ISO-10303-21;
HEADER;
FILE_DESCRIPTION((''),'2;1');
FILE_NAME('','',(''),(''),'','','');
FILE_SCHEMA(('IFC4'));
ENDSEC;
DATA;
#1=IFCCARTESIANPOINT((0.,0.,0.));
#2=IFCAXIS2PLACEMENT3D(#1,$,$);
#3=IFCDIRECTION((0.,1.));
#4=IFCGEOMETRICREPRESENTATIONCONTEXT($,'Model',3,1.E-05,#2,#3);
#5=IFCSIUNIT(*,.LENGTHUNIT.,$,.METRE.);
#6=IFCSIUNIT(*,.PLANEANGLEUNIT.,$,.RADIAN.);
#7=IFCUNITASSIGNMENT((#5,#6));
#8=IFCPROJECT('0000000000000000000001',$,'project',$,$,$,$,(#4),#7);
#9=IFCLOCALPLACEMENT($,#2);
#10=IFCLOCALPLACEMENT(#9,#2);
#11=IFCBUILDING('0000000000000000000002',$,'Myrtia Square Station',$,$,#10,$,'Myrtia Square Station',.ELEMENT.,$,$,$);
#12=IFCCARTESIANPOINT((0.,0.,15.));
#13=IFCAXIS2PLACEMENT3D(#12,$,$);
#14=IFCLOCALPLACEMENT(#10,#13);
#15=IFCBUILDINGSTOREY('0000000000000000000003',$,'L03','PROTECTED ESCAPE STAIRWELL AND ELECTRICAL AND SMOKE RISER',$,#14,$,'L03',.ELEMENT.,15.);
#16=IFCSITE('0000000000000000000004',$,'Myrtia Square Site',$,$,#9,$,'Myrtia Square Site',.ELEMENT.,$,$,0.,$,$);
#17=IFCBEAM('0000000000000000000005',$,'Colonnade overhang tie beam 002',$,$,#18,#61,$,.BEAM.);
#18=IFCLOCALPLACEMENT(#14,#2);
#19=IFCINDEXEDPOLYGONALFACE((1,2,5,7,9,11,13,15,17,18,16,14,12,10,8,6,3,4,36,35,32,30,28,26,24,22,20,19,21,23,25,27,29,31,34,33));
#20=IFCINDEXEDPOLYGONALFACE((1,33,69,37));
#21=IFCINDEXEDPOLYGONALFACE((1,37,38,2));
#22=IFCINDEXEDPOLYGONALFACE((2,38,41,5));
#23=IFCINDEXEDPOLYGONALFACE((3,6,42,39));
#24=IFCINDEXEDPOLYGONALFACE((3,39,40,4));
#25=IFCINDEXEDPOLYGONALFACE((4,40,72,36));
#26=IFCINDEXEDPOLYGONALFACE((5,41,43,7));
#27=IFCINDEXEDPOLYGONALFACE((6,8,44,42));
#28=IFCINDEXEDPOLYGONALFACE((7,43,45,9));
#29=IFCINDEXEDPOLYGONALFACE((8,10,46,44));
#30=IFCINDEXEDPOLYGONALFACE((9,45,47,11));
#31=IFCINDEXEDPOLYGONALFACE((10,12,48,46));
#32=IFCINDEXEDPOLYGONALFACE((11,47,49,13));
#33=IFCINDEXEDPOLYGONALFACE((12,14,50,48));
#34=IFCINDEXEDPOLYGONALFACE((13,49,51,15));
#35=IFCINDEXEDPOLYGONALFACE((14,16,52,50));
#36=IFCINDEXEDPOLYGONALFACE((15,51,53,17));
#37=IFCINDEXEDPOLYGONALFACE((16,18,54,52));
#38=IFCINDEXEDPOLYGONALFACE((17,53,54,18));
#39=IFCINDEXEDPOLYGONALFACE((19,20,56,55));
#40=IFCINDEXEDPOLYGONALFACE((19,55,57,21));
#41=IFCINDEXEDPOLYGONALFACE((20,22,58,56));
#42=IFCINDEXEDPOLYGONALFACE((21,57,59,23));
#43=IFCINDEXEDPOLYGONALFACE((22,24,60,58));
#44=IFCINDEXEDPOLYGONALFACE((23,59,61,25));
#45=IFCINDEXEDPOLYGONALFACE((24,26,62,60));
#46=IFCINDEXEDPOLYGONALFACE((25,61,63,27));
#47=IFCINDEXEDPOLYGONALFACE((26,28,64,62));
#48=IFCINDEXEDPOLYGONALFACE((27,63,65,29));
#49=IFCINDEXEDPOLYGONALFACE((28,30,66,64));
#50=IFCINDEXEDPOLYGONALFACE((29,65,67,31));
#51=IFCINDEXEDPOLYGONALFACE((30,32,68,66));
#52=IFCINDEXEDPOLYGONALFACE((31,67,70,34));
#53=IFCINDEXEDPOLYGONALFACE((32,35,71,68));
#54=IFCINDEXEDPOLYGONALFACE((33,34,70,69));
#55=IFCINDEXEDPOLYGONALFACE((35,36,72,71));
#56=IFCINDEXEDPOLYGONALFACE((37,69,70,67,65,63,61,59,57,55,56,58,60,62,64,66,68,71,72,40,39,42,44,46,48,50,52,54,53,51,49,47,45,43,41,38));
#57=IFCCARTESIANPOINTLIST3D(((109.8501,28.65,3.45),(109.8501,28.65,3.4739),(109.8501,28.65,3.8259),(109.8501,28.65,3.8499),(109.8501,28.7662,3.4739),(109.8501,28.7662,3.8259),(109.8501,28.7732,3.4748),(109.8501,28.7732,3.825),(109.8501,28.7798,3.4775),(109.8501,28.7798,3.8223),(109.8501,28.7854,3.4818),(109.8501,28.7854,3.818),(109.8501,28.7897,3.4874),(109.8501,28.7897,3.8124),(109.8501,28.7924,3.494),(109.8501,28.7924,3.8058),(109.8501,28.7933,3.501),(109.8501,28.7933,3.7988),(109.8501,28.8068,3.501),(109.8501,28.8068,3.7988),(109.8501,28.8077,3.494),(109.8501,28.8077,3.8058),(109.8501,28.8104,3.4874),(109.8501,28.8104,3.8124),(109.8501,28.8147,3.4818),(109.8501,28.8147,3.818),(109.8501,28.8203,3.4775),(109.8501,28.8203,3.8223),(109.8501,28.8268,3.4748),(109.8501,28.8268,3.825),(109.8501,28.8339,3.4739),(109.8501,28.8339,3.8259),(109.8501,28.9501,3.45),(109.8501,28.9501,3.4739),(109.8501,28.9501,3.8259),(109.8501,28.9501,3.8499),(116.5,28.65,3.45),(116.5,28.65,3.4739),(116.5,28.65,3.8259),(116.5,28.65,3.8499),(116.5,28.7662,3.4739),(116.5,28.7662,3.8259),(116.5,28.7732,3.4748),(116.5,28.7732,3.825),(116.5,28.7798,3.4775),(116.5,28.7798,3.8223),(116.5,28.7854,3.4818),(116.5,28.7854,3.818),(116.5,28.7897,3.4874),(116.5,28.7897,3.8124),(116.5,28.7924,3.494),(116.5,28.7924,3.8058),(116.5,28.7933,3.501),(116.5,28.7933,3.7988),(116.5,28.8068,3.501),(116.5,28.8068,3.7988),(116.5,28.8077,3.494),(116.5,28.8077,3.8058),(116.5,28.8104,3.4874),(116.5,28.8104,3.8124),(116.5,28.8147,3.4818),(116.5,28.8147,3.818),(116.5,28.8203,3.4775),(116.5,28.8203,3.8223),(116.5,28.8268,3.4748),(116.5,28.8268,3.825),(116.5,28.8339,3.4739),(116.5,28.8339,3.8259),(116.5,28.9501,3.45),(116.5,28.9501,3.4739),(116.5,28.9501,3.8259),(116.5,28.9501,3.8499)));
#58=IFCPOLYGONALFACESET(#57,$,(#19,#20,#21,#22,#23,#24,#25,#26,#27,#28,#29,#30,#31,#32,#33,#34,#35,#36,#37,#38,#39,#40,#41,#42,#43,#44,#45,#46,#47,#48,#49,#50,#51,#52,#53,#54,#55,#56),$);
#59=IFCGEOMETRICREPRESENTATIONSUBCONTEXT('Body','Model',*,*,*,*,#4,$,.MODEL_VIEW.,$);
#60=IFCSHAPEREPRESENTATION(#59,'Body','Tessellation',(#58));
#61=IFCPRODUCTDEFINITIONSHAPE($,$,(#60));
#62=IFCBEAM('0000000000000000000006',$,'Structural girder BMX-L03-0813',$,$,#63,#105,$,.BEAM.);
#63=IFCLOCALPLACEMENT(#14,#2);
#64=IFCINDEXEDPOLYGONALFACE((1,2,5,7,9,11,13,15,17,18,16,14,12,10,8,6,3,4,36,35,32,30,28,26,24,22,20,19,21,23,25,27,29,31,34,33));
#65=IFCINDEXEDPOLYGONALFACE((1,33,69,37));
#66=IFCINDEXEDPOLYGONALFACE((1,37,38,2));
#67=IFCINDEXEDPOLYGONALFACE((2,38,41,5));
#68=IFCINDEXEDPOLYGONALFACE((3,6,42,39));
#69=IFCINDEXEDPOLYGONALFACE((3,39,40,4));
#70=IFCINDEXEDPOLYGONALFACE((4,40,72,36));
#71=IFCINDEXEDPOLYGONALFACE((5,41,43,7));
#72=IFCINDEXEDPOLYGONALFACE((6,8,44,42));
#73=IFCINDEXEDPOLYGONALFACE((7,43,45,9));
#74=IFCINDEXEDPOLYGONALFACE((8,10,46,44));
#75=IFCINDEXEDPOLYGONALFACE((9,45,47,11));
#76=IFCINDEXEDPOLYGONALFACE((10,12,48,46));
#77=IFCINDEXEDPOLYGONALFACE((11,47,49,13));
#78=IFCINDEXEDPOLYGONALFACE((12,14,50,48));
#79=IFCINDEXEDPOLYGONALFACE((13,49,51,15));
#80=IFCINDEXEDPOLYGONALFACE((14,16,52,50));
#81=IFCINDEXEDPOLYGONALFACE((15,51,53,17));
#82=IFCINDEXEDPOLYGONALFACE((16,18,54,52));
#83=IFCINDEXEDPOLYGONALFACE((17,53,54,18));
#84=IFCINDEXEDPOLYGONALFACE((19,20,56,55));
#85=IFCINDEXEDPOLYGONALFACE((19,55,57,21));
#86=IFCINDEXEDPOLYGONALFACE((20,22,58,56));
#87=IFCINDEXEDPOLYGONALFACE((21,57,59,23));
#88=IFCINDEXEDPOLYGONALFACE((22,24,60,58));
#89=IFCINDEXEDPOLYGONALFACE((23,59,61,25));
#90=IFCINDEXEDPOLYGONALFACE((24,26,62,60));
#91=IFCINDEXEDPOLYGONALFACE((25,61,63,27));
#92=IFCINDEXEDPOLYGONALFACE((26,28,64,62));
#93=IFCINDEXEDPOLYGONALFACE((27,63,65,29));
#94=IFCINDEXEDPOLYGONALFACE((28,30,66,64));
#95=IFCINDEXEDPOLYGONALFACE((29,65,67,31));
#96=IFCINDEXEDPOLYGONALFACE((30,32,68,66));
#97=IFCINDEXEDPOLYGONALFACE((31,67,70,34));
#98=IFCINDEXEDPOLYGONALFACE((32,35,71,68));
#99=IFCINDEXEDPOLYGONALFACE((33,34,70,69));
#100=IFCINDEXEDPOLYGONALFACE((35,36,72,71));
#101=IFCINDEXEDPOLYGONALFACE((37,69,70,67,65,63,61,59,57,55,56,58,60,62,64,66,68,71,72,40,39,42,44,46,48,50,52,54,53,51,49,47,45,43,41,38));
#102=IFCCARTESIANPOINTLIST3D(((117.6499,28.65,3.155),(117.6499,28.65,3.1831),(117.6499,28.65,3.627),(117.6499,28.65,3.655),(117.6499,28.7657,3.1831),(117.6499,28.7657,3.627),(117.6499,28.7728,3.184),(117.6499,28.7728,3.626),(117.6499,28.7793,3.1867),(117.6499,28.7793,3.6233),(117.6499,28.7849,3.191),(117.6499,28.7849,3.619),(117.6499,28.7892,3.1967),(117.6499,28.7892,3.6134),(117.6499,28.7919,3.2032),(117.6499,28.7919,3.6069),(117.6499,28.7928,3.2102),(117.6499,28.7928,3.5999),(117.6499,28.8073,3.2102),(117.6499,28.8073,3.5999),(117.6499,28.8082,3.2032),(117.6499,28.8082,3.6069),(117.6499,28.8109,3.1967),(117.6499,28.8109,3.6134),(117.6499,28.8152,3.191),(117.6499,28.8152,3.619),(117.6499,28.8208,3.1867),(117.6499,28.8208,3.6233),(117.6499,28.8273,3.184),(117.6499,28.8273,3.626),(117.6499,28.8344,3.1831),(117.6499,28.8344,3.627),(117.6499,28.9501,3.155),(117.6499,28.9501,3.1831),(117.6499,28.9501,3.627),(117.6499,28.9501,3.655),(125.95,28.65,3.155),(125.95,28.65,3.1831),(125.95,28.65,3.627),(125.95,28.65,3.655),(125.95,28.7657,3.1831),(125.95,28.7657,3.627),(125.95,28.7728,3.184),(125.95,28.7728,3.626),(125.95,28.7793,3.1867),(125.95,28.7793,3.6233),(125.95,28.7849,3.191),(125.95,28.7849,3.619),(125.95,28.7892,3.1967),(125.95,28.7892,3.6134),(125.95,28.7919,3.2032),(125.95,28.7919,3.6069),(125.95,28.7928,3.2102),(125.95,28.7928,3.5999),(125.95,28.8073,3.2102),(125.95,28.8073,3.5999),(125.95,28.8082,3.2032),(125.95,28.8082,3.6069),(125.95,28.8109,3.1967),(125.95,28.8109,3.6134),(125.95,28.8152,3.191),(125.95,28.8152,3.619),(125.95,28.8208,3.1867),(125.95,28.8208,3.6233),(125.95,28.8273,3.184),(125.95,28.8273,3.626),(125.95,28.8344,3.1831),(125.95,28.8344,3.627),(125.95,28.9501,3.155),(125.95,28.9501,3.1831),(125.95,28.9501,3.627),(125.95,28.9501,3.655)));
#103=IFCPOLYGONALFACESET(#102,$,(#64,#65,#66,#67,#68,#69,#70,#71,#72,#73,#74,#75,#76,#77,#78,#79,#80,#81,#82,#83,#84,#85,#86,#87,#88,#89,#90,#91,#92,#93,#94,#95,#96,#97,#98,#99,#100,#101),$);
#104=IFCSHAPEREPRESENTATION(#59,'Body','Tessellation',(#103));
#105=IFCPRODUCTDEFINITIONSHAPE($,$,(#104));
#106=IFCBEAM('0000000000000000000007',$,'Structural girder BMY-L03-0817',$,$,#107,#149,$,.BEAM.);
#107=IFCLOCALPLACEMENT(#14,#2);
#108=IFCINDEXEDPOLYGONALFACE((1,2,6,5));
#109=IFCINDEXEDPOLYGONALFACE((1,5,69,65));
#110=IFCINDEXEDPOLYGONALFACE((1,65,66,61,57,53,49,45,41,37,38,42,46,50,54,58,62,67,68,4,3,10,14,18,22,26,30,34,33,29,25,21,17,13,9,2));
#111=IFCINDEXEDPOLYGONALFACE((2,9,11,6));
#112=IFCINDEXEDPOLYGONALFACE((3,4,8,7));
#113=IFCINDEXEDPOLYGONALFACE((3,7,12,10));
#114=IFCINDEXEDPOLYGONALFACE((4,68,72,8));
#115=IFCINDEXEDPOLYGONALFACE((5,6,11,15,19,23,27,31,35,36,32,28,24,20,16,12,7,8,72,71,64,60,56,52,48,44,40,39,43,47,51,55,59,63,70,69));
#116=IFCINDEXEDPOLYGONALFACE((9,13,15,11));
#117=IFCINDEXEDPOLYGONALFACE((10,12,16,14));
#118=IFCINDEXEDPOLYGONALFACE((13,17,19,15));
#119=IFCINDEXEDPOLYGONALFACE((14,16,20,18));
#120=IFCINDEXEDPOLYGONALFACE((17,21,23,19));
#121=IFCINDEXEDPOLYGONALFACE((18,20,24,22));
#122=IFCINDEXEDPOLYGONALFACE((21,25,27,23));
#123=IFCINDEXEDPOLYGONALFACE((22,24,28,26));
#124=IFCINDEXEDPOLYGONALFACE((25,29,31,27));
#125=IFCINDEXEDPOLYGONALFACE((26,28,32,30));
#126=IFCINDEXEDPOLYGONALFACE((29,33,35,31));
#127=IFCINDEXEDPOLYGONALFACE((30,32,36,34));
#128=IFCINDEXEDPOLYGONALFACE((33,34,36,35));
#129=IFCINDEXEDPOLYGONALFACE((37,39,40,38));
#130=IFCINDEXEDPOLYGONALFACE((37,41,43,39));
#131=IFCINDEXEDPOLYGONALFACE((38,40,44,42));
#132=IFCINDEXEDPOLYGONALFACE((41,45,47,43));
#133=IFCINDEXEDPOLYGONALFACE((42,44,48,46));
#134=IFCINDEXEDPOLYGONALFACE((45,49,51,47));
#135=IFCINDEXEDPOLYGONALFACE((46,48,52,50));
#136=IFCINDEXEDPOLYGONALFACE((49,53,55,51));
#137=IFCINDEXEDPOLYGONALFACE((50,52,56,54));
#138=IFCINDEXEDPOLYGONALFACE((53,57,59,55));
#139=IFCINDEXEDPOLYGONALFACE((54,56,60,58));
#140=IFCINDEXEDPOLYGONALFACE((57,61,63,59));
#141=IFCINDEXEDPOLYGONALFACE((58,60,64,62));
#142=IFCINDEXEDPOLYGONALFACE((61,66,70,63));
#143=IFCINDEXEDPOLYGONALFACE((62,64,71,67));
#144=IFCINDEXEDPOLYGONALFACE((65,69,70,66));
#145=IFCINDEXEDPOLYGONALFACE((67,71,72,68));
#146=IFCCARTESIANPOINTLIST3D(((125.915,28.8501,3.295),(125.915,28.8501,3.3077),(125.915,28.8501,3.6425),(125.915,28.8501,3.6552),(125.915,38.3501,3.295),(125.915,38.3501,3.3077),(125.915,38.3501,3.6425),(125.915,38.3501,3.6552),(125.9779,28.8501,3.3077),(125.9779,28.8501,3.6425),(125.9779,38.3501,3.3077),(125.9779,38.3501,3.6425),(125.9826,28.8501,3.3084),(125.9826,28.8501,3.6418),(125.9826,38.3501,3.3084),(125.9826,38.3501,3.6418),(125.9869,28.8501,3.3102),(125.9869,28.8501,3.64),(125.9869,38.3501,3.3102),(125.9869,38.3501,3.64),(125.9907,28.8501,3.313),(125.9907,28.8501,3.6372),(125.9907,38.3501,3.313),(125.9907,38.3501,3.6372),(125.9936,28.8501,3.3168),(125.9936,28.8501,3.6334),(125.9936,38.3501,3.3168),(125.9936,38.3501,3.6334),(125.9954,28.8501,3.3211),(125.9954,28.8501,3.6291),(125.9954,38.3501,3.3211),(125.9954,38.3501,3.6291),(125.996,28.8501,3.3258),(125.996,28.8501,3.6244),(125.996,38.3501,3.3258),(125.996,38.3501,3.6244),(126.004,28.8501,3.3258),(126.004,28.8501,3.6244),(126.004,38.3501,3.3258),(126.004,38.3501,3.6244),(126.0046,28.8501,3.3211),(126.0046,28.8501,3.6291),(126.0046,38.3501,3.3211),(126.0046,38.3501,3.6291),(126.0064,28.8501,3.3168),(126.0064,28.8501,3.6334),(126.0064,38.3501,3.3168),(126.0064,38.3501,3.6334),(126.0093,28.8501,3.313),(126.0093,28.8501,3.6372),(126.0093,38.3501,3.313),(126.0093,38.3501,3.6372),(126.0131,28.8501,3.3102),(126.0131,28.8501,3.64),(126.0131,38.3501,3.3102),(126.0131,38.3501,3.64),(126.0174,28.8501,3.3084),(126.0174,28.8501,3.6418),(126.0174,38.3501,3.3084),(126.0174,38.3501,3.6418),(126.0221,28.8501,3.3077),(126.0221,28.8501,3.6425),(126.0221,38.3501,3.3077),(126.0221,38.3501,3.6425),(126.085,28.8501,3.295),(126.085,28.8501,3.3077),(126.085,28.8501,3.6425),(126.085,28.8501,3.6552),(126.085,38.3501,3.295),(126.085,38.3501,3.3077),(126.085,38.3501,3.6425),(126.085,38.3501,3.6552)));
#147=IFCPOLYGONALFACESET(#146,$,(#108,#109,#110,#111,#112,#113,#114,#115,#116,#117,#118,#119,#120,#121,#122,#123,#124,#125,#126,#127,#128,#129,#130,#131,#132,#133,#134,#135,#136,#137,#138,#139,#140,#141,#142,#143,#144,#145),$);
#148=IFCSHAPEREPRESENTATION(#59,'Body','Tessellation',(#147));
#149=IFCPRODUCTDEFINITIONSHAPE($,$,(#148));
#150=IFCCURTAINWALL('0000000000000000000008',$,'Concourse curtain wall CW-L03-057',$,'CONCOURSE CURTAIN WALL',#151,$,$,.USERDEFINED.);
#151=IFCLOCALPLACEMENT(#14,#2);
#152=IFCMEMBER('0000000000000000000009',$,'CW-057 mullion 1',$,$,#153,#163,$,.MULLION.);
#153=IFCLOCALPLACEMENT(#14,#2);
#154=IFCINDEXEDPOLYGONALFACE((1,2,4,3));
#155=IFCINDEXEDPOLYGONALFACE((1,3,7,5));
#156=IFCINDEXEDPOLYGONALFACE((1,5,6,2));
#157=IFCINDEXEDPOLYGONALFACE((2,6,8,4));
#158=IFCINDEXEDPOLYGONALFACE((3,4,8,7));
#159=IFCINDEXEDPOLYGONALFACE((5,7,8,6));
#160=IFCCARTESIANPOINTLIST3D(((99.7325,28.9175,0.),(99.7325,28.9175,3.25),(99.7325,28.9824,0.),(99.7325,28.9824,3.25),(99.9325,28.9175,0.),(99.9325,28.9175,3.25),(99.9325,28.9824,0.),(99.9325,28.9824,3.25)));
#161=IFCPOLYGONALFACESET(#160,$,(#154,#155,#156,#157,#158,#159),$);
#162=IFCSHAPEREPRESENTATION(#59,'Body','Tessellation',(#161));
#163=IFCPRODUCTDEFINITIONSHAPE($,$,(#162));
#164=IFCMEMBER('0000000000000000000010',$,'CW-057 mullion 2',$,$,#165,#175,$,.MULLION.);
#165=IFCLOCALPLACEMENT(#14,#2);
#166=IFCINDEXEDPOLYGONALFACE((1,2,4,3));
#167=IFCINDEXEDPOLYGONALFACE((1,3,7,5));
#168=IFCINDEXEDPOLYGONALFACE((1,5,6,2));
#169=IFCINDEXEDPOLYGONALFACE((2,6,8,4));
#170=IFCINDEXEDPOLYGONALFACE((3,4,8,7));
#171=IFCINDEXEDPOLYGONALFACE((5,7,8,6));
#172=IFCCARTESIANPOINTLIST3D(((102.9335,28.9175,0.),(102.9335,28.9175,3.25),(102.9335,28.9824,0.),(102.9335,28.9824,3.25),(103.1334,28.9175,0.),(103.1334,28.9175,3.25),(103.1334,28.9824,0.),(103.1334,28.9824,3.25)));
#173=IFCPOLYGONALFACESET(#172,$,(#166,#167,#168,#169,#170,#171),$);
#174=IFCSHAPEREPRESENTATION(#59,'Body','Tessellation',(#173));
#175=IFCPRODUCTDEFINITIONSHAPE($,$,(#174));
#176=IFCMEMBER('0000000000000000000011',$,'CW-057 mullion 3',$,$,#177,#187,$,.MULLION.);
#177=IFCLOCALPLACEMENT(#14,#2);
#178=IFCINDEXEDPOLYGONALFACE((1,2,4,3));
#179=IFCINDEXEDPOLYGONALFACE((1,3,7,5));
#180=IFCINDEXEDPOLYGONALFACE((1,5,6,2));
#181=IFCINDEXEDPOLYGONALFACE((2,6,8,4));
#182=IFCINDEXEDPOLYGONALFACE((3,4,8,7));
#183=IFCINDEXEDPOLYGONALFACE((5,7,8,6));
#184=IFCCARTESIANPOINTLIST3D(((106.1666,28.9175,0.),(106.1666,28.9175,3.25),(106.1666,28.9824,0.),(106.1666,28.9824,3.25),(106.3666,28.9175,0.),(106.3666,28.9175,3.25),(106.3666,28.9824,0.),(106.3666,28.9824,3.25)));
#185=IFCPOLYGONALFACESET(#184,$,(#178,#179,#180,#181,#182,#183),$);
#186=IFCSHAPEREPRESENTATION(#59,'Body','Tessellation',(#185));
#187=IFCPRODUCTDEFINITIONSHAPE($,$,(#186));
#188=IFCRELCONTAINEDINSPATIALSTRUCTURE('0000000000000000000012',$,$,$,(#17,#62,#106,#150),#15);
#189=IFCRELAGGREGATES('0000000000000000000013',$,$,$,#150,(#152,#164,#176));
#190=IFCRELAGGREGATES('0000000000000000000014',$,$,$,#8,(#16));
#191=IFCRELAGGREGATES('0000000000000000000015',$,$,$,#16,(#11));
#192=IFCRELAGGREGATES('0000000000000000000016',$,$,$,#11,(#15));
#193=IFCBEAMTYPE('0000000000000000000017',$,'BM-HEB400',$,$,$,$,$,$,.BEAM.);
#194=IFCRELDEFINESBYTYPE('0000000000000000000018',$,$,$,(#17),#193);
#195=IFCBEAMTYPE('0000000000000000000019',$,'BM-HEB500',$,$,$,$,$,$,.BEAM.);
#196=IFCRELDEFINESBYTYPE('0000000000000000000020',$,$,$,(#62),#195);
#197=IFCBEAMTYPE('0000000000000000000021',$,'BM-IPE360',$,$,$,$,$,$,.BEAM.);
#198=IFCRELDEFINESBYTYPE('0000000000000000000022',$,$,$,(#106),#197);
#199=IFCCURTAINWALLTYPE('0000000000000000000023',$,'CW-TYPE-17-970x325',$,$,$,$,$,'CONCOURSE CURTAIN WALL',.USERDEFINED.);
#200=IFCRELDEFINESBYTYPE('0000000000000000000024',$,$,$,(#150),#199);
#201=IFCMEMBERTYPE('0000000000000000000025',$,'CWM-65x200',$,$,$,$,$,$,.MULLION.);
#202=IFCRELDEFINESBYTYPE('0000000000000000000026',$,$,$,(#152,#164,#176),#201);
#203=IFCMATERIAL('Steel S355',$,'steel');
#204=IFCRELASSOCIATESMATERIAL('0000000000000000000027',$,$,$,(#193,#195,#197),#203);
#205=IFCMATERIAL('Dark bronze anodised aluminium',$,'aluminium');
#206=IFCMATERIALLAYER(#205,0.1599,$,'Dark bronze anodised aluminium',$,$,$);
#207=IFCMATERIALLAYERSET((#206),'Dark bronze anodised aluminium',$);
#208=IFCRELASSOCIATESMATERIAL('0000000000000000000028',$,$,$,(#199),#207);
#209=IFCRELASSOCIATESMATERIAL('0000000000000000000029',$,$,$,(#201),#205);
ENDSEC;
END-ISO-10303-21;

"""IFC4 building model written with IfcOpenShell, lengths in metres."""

from ifc_helpers import new_model, si_unit, direction, frame, origin, origin_2d, place, context, subcontext, project, spatial, rectangle, i_section, extrude, material, layer, layer_set, material_profile, profile_set, type_object, element, aggregate, save


model = new_model("IFC4")

# Units and contexts
model_context = context("Model", 3, precision=1e-05, world=origin(), true_north=direction((0.0, 1.0)))
body_context = subcontext(model_context, "Body", "Model", "MODEL_VIEW")
ifc_project = project(units=[si_unit("LENGTHUNIT", "METRE"), si_unit("PLANEANGLEUNIT", "RADIAN")], contexts=[model_context])

# Site, building, storey
site_placement = place(None, origin())
site = spatial("IfcSite", under=ifc_project, at=site_placement, Name="Myrtia Square Site", LongName="Myrtia Square Site", CompositionType="ELEMENT", RefElevation=0.0)
building_placement = place(site_placement, origin())
building = spatial("IfcBuilding", under=site, at=building_placement, Name="Myrtia Square Station", LongName="Myrtia Square Station", CompositionType="ELEMENT")
storey_placement = place(building_placement, frame((0.0, 0.0, 15.0)))
storey = spatial("IfcBuildingStorey", under=building, at=storey_placement, Name="L03", Description="PROTECTED ESCAPE STAIRWELL AND ELECTRICAL AND SMOKE RISER", LongName="L03", CompositionType="ELEMENT", Elevation=15.0)

# Shared definitions
ifc_material_1 = material(Name="Steel S355", Category="steel")

# Beams
ifc_material_profile_1 = material_profile(ifc_material_1, i_section(OverallWidth=0.3, OverallDepth=0.3999, WebThickness=0.0134, FlangeThickness=0.0239, FilletRadius=0.0271, at=origin_2d()), Name="HEB 400")
ifc_profile_set_1 = profile_set([ifc_material_profile_1], Name="Steel S355")
beam_type_1 = type_object("IfcBeamType", Name="BM-HEB400", PredefinedType="BEAM", material=ifc_profile_set_1)
beam_1_placement = place(storey_placement, frame((109.8501, 28.8, 3.6499), z_axis=(1.0, 0.0, 0.0), x_axis=(0.0, 1.0, 0.0)))
element("IfcBeam", 1, at=beam_1_placement, inside=storey, type_object=beam_type_1, Name="Colonnade overhang tie beam 002", PredefinedType="BEAM", context=body_context, shape_type="SweptSolid", body=[
    extrude(i_section(OverallWidth=0.3, OverallDepth=0.3999, WebThickness=0.0134, FlangeThickness=0.0239, FilletRadius=0.0271, at=origin_2d()), origin(), (0.0, 0.0, 1.0), 6.6499),
])
ifc_material_profile_2 = material_profile(ifc_material_1, i_section(OverallWidth=0.3, OverallDepth=0.5, WebThickness=0.0144, FlangeThickness=0.0281, FilletRadius=0.0271, at=origin_2d()), Name="HEB 500")
ifc_profile_set_2 = profile_set([ifc_material_profile_2], Name="Steel S355")
beam_type_2 = type_object("IfcBeamType", Name="BM-HEB500", PredefinedType="BEAM", material=ifc_profile_set_2)
beam_2_placement = place(storey_placement, frame((117.6499, 28.8, 3.405), z_axis=(1.0, 0.0, 0.0), x_axis=(0.0, 1.0, 0.0)))
element("IfcBeam", 2, at=beam_2_placement, inside=storey, type_object=beam_type_2, Name="Structural girder BMX-L03-0813", PredefinedType="BEAM", context=body_context, shape_type="SweptSolid", body=[
    extrude(i_section(OverallWidth=0.3, OverallDepth=0.5, WebThickness=0.0144, FlangeThickness=0.0281, FilletRadius=0.0271, at=origin_2d()), origin(), (0.0, 0.0, 1.0), 8.3),
])
ifc_material_profile_3 = material_profile(ifc_material_1, i_section(OverallWidth=0.1699, OverallDepth=0.3601, WebThickness=0.0081, FlangeThickness=0.0127, FilletRadius=0.0181, at=origin_2d()), Name="IPE 360")
ifc_profile_set_3 = profile_set([ifc_material_profile_3], Name="Steel S355")
beam_type_3 = type_object("IfcBeamType", Name="BM-IPE360", PredefinedType="BEAM", material=ifc_profile_set_3)
beam_3_placement = place(storey_placement, frame((126.0, 28.8501, 3.4751), z_axis=(0.0, 1.0, 0.0), x_axis=(-1.0, 0.0, 0.0)))
element("IfcBeam", 3, at=beam_3_placement, inside=storey, type_object=beam_type_3, Name="Structural girder BMY-L03-0817", PredefinedType="BEAM", context=body_context, shape_type="SweptSolid", body=[
    extrude(i_section(OverallWidth=0.1699, OverallDepth=0.3601, WebThickness=0.0081, FlangeThickness=0.0127, FilletRadius=0.0181, at=origin_2d()), origin(), (0.0, 0.0, 1.0), 9.5),
])

# Curtain wall, members
ifc_material_2 = material(Name="Dark bronze anodised aluminium", Category="aluminium")
ifc_layer_1 = layer(ifc_material_2, 0.1599, Name="Dark bronze anodised aluminium")
ifc_layer_set_1 = layer_set([ifc_layer_1], Name="Dark bronze anodised aluminium")
curtain_wall_type_1 = type_object("IfcCurtainWallType", Name="CW-TYPE-17-970x325", ElementType="CONCOURSE CURTAIN WALL", PredefinedType="USERDEFINED", material=ifc_layer_set_1)
curtain_wall_1_placement = place(storey_placement, origin())
curtain_wall_1 = element("IfcCurtainWall", 4, at=curtain_wall_1_placement, inside=storey, type_object=curtain_wall_type_1, Name="Concourse curtain wall CW-L03-057", ObjectType="CONCOURSE CURTAIN WALL", PredefinedType="USERDEFINED")
ifc_material_profile_4 = material_profile(ifc_material_2, rectangle(XDim=0.0649, YDim=0.2, at=origin_2d()), Name="ALU-M 65x200")
ifc_profile_set_4 = profile_set([ifc_material_profile_4], Name="Dark bronze anodised aluminium")
member_type_1 = type_object("IfcMemberType", Name="CWM-65x200", PredefinedType="MULLION", material=ifc_profile_set_4)
member_1_placement = place(storey_placement, frame((99.8325, 28.95, 0.0), z_axis=(0.0, 0.0, 1.0), x_axis=(0.0, 1.0, 0.0)))
member_1 = element("IfcMember", 5, at=member_1_placement, type_object=member_type_1, Name="CW-057 mullion 1", PredefinedType="MULLION", context=body_context, shape_type="SweptSolid", body=[
    extrude(rectangle(XDim=0.0649, YDim=0.2, at=origin_2d()), origin(), (0.0, 0.0, 1.0), 3.25),
])
member_2_placement = place(storey_placement, frame((103.0334, 28.95, 0.0), z_axis=(0.0, 0.0, 1.0), x_axis=(0.0, 1.0, 0.0)))
member_2 = element("IfcMember", 6, at=member_2_placement, type_object=member_type_1, Name="CW-057 mullion 2", PredefinedType="MULLION", context=body_context, shape_type="SweptSolid", body=[
    extrude(rectangle(XDim=0.0649, YDim=0.2, at=origin_2d()), origin(), (0.0, 0.0, 1.0), 3.25),
])
member_3_placement = place(storey_placement, frame((106.2666, 28.95, 0.0), z_axis=(0.0, 0.0, 1.0), x_axis=(0.0, 1.0, 0.0)))
member_3 = element("IfcMember", 7, at=member_3_placement, type_object=member_type_1, Name="CW-057 mullion 3", PredefinedType="MULLION", context=body_context, shape_type="SweptSolid", body=[
    extrude(rectangle(XDim=0.0649, YDim=0.2, at=origin_2d()), origin(), (0.0, 0.0, 1.0), 3.25),
])

aggregate(curtain_wall_1, [member_1, member_2, member_3])

save(model, "model.ifc")
